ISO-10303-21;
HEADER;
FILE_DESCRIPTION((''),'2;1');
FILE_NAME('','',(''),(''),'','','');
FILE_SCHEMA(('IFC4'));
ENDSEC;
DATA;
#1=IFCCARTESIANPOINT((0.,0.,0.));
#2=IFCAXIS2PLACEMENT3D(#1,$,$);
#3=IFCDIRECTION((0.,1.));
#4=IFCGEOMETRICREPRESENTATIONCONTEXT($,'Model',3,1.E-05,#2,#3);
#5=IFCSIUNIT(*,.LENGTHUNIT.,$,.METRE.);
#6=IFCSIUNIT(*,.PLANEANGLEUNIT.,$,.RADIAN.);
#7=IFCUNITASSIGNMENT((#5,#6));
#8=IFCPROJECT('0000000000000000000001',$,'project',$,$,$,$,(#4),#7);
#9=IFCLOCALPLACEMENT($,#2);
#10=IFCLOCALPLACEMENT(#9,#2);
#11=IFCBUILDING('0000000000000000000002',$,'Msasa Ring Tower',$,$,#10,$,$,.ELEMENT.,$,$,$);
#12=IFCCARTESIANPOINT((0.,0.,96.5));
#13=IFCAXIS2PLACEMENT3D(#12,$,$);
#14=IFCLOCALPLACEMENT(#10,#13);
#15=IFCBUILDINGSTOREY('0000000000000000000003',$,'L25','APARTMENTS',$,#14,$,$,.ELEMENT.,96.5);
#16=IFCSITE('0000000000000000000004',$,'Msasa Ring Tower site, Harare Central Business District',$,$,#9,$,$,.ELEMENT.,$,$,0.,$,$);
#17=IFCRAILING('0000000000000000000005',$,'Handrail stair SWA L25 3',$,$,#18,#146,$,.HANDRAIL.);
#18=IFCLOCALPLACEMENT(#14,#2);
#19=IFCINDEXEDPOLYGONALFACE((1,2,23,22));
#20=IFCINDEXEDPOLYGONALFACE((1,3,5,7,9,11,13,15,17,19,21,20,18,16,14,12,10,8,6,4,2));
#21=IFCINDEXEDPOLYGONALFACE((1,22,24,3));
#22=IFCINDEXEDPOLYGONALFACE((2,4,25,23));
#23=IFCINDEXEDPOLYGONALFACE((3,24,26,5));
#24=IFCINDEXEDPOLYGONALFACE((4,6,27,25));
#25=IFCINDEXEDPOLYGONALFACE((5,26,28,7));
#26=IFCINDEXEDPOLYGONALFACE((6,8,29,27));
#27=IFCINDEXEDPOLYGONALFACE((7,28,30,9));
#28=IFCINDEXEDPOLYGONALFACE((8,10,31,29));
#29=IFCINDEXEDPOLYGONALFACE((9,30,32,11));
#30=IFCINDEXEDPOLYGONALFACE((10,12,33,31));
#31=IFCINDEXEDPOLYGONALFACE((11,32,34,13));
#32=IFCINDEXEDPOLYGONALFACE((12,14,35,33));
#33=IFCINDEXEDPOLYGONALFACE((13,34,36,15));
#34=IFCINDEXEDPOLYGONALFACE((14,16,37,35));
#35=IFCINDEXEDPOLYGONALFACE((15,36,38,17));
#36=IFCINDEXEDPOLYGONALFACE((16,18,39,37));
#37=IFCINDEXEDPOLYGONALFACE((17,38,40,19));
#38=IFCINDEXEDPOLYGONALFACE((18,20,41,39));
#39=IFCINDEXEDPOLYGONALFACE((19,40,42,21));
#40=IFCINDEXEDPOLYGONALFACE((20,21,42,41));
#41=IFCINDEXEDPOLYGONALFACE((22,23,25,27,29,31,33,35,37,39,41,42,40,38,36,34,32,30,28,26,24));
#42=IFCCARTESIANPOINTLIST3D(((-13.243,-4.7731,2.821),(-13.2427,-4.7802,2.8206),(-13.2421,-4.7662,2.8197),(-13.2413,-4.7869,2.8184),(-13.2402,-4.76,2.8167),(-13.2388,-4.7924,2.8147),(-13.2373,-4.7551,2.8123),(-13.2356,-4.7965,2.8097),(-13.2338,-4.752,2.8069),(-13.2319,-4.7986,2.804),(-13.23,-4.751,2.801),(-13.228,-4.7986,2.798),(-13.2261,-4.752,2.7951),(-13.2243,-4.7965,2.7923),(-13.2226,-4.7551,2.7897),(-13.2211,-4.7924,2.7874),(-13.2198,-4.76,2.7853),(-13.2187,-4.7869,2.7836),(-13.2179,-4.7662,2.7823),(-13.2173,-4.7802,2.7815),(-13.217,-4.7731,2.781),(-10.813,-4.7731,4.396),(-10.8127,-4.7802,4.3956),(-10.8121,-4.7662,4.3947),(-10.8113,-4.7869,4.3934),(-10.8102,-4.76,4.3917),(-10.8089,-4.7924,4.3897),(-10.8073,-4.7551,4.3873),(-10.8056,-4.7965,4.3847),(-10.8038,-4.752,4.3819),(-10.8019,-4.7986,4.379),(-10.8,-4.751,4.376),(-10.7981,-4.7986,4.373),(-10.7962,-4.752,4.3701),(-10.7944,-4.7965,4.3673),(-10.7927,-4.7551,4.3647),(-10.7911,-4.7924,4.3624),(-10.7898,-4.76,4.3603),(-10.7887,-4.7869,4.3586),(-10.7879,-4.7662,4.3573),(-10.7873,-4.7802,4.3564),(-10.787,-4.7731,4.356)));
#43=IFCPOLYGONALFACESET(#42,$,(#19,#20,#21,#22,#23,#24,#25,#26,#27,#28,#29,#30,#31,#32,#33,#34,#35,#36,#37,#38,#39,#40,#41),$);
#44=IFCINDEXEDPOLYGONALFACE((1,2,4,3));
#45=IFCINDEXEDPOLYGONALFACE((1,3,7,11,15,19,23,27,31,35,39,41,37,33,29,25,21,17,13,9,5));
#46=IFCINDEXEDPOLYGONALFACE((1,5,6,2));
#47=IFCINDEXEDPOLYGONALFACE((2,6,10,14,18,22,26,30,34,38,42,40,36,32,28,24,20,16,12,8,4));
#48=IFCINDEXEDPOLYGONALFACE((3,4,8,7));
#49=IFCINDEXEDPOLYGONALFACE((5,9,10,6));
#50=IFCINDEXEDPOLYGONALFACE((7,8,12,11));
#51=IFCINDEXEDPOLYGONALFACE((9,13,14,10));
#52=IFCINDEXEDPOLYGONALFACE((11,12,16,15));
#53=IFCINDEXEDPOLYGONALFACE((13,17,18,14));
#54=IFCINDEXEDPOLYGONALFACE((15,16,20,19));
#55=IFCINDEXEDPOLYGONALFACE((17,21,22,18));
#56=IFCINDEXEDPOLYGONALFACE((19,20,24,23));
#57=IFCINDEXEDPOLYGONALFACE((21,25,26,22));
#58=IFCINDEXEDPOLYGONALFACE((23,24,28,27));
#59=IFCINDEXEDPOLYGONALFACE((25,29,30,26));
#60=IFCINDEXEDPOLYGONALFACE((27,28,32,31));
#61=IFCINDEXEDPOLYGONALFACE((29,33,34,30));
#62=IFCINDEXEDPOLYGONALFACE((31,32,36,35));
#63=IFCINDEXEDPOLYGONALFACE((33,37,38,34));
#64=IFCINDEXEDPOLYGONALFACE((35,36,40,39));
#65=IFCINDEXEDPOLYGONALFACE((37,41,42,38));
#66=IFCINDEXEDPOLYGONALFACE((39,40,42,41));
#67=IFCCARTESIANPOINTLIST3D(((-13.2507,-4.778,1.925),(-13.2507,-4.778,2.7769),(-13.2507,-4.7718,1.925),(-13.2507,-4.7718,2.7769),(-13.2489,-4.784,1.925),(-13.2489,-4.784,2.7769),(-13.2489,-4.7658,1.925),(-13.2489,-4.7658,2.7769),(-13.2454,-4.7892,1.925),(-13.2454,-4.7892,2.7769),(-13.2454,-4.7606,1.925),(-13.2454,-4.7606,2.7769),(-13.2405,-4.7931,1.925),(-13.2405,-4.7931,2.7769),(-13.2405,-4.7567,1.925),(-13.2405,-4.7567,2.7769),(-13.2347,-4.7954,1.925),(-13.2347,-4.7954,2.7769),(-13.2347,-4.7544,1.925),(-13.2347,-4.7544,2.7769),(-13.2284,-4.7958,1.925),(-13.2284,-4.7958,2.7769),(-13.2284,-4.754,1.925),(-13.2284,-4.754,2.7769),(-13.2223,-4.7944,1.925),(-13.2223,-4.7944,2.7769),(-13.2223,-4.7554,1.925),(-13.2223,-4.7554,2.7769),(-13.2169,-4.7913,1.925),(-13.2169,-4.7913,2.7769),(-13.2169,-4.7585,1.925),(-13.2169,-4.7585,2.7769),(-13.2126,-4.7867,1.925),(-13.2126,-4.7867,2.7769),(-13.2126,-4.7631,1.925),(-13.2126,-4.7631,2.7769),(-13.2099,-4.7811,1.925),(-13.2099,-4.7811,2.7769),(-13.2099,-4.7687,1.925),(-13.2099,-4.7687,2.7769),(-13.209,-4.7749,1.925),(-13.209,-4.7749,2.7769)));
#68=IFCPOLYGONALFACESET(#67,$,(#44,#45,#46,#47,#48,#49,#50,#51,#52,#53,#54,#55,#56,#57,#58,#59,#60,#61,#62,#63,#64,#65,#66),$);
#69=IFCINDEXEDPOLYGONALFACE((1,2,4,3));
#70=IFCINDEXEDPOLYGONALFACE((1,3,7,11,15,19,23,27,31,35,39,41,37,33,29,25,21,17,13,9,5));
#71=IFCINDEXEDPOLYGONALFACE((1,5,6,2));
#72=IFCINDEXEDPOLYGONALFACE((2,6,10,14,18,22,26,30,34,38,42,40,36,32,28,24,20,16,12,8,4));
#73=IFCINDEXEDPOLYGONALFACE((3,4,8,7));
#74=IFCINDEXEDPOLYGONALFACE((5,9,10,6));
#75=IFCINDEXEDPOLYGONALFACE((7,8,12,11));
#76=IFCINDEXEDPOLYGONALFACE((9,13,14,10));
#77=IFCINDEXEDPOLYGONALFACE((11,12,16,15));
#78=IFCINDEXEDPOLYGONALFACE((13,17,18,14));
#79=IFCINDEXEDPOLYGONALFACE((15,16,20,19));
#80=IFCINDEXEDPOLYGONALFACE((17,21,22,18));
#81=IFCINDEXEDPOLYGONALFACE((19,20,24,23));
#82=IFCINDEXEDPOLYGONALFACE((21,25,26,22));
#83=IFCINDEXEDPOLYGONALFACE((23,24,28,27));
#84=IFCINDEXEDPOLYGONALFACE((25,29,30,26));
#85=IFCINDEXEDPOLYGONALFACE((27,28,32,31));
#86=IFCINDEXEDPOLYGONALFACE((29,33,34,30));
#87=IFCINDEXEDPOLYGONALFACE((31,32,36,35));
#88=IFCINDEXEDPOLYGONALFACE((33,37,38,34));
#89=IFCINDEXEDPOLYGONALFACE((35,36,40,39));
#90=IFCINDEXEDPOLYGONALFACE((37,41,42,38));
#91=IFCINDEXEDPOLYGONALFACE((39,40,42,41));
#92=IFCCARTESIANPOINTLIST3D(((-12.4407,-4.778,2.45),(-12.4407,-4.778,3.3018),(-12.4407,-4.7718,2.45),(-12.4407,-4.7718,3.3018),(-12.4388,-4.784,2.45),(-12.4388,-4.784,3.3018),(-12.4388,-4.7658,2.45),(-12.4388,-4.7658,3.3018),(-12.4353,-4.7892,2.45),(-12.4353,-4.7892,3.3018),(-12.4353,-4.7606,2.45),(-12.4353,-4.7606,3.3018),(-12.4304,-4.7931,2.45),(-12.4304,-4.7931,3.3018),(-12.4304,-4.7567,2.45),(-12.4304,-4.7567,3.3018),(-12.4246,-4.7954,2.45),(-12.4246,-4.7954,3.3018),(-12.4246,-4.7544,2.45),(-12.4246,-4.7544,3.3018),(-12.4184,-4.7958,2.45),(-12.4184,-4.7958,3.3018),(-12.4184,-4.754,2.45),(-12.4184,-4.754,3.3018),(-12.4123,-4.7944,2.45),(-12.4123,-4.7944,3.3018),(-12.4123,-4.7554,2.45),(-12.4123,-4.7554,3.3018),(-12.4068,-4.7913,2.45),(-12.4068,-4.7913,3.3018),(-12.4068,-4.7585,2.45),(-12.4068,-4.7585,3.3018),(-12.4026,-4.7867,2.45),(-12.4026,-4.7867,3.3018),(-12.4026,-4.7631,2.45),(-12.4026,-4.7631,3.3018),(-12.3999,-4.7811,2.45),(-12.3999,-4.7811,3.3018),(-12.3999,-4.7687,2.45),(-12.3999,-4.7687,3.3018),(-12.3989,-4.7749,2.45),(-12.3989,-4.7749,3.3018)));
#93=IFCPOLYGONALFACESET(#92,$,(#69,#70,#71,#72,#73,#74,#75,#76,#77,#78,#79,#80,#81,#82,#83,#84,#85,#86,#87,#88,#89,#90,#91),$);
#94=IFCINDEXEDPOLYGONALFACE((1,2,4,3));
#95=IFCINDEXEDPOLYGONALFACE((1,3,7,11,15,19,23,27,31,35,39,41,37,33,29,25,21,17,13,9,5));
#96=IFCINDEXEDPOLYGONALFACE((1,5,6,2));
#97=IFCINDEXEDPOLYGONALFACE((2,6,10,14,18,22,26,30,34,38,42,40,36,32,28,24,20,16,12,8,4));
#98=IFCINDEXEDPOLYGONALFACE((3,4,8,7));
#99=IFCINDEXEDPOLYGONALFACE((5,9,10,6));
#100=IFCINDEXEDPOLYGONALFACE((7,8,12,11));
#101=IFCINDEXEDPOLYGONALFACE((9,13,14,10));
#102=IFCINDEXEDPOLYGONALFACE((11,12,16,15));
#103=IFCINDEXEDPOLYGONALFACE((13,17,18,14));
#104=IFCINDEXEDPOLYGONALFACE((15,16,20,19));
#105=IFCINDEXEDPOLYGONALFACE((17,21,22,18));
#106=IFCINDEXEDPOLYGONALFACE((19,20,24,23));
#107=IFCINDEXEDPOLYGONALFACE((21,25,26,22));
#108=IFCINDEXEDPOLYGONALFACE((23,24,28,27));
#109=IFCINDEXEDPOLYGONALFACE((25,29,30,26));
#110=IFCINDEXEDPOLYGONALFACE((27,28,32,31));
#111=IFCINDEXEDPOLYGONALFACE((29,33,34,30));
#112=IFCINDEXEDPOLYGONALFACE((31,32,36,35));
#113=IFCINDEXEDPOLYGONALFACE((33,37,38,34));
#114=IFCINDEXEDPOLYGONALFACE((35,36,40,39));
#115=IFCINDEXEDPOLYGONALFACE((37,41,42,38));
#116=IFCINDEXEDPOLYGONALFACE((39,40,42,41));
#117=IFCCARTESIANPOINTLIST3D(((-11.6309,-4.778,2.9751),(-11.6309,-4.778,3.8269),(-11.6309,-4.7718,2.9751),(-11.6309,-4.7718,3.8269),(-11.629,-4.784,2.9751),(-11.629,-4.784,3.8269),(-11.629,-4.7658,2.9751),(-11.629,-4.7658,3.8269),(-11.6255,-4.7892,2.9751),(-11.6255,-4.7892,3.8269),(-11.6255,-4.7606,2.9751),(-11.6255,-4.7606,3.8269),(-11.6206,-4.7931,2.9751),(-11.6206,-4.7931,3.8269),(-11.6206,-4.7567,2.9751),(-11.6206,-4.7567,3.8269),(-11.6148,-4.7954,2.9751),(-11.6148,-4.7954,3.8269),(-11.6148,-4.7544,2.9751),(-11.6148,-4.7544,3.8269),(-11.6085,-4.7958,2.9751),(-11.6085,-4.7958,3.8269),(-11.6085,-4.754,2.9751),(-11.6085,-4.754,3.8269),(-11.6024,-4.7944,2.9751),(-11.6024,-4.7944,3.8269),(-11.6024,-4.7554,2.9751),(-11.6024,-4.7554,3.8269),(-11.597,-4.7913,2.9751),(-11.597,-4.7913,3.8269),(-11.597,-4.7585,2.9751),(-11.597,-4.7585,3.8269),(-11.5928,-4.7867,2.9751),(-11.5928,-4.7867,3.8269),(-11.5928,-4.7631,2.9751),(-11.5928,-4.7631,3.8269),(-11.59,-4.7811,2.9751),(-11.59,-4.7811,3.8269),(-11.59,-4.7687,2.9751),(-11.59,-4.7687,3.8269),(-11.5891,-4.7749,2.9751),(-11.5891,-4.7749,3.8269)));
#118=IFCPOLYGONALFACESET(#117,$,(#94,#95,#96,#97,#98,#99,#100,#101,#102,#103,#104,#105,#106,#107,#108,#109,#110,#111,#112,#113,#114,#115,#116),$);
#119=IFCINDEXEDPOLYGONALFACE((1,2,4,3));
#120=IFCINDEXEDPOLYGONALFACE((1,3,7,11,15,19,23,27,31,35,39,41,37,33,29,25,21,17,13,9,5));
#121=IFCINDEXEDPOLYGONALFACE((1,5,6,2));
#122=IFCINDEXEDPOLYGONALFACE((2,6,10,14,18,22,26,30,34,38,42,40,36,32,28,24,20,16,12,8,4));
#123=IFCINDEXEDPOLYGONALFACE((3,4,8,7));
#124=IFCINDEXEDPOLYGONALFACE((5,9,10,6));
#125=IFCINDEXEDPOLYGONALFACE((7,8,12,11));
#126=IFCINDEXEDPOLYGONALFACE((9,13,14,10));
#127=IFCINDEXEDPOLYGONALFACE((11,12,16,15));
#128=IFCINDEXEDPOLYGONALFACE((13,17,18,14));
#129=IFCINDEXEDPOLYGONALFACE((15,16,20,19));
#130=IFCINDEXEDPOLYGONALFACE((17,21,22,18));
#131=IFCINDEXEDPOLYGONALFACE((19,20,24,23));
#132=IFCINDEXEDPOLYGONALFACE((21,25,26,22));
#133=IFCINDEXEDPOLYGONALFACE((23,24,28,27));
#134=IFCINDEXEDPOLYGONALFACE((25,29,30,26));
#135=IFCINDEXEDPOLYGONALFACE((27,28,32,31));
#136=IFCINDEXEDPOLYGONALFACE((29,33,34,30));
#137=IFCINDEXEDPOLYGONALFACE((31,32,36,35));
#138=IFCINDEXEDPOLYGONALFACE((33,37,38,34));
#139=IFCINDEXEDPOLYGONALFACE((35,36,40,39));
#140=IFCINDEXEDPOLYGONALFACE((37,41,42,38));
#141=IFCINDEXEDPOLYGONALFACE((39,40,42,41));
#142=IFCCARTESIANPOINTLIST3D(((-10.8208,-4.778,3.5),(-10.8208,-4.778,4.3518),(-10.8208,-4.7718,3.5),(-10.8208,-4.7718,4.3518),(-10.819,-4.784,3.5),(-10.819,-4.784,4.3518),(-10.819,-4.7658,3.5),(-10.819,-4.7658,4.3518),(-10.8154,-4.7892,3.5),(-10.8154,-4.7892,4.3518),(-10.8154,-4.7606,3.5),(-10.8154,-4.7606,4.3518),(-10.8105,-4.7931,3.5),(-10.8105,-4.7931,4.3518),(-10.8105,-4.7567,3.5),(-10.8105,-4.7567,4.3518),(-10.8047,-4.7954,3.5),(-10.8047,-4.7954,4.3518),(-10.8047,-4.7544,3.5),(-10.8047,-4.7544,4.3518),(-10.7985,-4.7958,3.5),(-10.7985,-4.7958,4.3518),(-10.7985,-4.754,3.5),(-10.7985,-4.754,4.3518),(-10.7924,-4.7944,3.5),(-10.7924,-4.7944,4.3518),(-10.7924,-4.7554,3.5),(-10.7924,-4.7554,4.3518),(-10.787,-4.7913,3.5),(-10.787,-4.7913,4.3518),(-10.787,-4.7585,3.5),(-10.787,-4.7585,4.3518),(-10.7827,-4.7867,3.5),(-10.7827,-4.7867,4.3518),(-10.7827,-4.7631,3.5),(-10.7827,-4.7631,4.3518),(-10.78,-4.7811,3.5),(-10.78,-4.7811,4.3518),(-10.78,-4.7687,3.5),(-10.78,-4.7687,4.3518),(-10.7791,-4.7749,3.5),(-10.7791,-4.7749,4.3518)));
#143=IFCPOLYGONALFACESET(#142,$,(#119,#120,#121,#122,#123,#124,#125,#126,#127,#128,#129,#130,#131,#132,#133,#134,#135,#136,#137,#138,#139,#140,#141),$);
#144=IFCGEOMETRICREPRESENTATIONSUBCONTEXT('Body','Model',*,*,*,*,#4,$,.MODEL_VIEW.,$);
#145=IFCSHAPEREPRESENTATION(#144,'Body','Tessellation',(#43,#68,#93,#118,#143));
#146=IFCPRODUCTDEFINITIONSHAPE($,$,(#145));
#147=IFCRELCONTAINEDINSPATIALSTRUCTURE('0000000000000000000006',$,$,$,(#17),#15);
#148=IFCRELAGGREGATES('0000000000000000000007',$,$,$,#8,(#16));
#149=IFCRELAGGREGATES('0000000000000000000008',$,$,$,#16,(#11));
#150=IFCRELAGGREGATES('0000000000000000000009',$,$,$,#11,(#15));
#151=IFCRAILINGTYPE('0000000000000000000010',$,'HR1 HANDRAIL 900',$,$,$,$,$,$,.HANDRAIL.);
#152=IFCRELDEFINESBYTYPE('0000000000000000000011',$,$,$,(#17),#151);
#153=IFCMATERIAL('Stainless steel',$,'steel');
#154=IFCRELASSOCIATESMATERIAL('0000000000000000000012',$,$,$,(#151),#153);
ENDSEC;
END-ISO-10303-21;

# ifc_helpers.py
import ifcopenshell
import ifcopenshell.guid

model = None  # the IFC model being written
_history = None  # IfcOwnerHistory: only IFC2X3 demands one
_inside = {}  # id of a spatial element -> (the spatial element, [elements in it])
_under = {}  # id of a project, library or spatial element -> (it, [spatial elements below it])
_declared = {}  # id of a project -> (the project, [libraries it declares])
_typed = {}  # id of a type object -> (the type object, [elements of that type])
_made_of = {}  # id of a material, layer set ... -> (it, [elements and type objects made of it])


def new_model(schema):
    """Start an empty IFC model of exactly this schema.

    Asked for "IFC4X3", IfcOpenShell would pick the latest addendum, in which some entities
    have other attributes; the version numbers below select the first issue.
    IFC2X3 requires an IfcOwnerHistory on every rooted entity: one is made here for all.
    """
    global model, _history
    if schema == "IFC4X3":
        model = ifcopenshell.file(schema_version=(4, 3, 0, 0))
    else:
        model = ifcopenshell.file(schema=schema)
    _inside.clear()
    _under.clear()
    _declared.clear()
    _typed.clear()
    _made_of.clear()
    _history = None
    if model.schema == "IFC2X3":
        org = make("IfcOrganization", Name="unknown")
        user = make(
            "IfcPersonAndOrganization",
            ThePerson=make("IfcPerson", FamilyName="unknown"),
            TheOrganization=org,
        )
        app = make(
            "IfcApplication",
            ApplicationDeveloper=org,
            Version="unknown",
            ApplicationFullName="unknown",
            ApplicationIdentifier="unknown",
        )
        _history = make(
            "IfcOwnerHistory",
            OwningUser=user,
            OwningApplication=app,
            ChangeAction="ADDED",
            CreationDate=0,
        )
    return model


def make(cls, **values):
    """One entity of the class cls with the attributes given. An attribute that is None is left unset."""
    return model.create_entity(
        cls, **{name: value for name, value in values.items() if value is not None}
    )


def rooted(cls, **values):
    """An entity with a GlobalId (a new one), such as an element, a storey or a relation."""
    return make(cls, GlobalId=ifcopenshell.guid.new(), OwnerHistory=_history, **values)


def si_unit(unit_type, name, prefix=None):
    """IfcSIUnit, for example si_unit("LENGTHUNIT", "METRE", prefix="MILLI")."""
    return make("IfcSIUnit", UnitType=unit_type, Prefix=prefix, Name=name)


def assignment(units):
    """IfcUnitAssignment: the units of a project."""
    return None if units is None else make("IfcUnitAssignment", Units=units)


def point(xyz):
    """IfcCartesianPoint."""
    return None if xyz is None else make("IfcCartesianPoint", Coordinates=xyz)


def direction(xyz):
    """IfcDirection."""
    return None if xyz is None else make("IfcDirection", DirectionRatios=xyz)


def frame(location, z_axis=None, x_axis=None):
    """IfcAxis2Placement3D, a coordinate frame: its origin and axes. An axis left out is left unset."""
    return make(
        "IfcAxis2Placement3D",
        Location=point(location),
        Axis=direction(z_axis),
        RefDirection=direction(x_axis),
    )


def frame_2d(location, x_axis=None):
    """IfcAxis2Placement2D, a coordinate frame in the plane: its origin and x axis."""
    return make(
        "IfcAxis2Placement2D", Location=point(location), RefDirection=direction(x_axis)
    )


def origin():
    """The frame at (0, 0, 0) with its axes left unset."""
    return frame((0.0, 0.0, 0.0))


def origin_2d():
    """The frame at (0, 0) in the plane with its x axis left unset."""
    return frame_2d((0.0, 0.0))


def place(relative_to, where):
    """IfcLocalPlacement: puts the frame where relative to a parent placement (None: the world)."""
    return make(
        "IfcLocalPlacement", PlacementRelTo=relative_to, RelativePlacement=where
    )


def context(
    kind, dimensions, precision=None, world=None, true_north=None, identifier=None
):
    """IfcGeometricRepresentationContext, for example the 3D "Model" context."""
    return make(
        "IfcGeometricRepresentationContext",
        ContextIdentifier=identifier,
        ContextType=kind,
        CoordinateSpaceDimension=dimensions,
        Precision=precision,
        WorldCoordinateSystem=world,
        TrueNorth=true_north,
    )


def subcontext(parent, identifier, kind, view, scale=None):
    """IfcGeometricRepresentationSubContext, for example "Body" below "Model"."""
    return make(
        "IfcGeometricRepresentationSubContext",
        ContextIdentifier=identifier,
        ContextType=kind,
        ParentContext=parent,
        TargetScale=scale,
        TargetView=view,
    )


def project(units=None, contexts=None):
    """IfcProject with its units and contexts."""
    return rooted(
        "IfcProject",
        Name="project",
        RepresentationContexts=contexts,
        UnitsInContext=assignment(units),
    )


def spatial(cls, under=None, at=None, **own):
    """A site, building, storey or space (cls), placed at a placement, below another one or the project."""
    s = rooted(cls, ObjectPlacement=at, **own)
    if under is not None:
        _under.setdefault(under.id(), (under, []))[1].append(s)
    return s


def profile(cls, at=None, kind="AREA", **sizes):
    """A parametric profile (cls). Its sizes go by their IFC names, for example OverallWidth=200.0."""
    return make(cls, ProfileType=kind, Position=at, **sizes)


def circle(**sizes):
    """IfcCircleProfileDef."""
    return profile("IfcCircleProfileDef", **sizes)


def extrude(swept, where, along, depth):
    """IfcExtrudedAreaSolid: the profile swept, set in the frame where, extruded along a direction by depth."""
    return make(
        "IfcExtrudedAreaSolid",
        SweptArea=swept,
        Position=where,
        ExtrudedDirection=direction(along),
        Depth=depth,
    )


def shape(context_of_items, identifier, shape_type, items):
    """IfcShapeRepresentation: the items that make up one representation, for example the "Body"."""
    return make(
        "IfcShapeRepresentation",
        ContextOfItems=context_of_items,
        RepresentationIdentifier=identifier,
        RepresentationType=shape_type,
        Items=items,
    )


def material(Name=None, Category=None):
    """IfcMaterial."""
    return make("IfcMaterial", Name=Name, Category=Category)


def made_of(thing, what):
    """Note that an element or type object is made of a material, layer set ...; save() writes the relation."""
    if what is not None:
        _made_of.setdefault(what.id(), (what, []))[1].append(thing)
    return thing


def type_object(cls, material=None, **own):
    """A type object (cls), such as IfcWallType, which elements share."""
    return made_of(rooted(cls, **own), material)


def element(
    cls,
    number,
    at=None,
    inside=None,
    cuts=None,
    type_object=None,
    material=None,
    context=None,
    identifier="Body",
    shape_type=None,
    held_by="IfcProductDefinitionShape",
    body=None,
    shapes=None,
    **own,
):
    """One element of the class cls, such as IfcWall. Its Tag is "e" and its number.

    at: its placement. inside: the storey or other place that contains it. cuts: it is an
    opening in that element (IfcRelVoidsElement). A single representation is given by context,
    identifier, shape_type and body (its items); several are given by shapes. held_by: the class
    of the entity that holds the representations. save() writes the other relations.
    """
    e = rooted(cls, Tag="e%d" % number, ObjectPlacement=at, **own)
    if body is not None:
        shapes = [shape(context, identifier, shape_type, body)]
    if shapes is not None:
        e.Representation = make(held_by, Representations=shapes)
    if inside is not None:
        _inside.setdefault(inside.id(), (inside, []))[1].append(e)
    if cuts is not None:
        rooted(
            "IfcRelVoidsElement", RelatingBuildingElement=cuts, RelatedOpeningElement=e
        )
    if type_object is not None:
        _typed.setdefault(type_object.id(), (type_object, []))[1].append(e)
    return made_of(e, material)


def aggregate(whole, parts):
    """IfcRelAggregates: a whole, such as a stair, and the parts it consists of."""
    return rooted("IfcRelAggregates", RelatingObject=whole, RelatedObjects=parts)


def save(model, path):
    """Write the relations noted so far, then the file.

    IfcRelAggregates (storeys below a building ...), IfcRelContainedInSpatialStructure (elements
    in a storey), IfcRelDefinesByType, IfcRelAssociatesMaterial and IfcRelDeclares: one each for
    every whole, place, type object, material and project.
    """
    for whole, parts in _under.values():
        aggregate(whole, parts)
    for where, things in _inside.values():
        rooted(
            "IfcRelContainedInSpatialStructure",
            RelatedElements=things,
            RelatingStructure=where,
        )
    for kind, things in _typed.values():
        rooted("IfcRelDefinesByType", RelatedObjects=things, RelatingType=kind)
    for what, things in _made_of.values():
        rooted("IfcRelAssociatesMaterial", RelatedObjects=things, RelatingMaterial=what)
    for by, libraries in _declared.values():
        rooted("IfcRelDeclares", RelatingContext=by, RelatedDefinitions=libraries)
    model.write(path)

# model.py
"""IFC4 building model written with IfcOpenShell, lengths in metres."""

from ifc_helpers import new_model, si_unit, direction, frame, origin, origin_2d, place, context, subcontext, project, spatial, circle, extrude, material, type_object, element, save


model = new_model("IFC4")

# Units and contexts
model_context = context("Model", 3, precision=1e-05, world=origin(), true_north=direction((0.0, 1.0)))
body_context = subcontext(model_context, "Body", "Model", "MODEL_VIEW")
ifc_project = project(units=[si_unit("LENGTHUNIT", "METRE"), si_unit("PLANEANGLEUNIT", "RADIAN")], contexts=[model_context])

# Site, building, storey
site_placement = place(None, origin())
site = spatial("IfcSite", under=ifc_project, at=site_placement, Name="Msasa Ring Tower site, Harare Central Business District", CompositionType="ELEMENT", RefElevation=0.0)
building_placement = place(site_placement, origin())
building = spatial("IfcBuilding", under=site, at=building_placement, Name="Msasa Ring Tower", CompositionType="ELEMENT")
storey_placement = place(building_placement, frame((0.0, 0.0, 96.5)))
storey = spatial("IfcBuildingStorey", under=building, at=storey_placement, Name="L25", Description="APARTMENTS", CompositionType="ELEMENT", Elevation=96.5)

# Railing
ifc_material_1 = material(Name="Stainless steel", Category="steel")
railing_type = type_object("IfcRailingType", Name="HR1 HANDRAIL 900", PredefinedType="HANDRAIL", material=ifc_material_1)
for number, where, name in (
    (1, (-13.23, -4.7749, 1.925), "Handrail stair SWA L25 3"),
):
    element("IfcRailing", number, at=place(storey_placement, frame(where)), inside=storey, type_object=railing_type, Name=name, PredefinedType="HANDRAIL", context=body_context, shape_type="SweptSolid", body=[
        extrude(circle(Radius=0.0239, at=origin_2d()), frame((0.0, 0.0, 0.876), z_axis=(0.839154, 0.0, 0.543894), x_axis=(0.0, 1.0, 0.0)), (0.0, 0.0, 1.0), 2.8958),
        extrude(circle(Radius=0.021, at=origin_2d()), origin(), (0.0, 0.0, 1.0), 0.8518),
        extrude(circle(Radius=0.021, at=origin_2d()), frame((0.8101, 0.0, 0.5249)), (0.0, 0.0, 1.0), 0.8518),
        extrude(circle(Radius=0.021, at=origin_2d()), frame((1.6199, 0.0, 1.05)), (0.0, 0.0, 1.0), 0.8518),
        extrude(circle(Radius=0.021, at=origin_2d()), frame((2.4299, 0.0, 1.575)), (0.0, 0.0, 1.0), 0.8518),
    ])

save(model, "model.ifc")
